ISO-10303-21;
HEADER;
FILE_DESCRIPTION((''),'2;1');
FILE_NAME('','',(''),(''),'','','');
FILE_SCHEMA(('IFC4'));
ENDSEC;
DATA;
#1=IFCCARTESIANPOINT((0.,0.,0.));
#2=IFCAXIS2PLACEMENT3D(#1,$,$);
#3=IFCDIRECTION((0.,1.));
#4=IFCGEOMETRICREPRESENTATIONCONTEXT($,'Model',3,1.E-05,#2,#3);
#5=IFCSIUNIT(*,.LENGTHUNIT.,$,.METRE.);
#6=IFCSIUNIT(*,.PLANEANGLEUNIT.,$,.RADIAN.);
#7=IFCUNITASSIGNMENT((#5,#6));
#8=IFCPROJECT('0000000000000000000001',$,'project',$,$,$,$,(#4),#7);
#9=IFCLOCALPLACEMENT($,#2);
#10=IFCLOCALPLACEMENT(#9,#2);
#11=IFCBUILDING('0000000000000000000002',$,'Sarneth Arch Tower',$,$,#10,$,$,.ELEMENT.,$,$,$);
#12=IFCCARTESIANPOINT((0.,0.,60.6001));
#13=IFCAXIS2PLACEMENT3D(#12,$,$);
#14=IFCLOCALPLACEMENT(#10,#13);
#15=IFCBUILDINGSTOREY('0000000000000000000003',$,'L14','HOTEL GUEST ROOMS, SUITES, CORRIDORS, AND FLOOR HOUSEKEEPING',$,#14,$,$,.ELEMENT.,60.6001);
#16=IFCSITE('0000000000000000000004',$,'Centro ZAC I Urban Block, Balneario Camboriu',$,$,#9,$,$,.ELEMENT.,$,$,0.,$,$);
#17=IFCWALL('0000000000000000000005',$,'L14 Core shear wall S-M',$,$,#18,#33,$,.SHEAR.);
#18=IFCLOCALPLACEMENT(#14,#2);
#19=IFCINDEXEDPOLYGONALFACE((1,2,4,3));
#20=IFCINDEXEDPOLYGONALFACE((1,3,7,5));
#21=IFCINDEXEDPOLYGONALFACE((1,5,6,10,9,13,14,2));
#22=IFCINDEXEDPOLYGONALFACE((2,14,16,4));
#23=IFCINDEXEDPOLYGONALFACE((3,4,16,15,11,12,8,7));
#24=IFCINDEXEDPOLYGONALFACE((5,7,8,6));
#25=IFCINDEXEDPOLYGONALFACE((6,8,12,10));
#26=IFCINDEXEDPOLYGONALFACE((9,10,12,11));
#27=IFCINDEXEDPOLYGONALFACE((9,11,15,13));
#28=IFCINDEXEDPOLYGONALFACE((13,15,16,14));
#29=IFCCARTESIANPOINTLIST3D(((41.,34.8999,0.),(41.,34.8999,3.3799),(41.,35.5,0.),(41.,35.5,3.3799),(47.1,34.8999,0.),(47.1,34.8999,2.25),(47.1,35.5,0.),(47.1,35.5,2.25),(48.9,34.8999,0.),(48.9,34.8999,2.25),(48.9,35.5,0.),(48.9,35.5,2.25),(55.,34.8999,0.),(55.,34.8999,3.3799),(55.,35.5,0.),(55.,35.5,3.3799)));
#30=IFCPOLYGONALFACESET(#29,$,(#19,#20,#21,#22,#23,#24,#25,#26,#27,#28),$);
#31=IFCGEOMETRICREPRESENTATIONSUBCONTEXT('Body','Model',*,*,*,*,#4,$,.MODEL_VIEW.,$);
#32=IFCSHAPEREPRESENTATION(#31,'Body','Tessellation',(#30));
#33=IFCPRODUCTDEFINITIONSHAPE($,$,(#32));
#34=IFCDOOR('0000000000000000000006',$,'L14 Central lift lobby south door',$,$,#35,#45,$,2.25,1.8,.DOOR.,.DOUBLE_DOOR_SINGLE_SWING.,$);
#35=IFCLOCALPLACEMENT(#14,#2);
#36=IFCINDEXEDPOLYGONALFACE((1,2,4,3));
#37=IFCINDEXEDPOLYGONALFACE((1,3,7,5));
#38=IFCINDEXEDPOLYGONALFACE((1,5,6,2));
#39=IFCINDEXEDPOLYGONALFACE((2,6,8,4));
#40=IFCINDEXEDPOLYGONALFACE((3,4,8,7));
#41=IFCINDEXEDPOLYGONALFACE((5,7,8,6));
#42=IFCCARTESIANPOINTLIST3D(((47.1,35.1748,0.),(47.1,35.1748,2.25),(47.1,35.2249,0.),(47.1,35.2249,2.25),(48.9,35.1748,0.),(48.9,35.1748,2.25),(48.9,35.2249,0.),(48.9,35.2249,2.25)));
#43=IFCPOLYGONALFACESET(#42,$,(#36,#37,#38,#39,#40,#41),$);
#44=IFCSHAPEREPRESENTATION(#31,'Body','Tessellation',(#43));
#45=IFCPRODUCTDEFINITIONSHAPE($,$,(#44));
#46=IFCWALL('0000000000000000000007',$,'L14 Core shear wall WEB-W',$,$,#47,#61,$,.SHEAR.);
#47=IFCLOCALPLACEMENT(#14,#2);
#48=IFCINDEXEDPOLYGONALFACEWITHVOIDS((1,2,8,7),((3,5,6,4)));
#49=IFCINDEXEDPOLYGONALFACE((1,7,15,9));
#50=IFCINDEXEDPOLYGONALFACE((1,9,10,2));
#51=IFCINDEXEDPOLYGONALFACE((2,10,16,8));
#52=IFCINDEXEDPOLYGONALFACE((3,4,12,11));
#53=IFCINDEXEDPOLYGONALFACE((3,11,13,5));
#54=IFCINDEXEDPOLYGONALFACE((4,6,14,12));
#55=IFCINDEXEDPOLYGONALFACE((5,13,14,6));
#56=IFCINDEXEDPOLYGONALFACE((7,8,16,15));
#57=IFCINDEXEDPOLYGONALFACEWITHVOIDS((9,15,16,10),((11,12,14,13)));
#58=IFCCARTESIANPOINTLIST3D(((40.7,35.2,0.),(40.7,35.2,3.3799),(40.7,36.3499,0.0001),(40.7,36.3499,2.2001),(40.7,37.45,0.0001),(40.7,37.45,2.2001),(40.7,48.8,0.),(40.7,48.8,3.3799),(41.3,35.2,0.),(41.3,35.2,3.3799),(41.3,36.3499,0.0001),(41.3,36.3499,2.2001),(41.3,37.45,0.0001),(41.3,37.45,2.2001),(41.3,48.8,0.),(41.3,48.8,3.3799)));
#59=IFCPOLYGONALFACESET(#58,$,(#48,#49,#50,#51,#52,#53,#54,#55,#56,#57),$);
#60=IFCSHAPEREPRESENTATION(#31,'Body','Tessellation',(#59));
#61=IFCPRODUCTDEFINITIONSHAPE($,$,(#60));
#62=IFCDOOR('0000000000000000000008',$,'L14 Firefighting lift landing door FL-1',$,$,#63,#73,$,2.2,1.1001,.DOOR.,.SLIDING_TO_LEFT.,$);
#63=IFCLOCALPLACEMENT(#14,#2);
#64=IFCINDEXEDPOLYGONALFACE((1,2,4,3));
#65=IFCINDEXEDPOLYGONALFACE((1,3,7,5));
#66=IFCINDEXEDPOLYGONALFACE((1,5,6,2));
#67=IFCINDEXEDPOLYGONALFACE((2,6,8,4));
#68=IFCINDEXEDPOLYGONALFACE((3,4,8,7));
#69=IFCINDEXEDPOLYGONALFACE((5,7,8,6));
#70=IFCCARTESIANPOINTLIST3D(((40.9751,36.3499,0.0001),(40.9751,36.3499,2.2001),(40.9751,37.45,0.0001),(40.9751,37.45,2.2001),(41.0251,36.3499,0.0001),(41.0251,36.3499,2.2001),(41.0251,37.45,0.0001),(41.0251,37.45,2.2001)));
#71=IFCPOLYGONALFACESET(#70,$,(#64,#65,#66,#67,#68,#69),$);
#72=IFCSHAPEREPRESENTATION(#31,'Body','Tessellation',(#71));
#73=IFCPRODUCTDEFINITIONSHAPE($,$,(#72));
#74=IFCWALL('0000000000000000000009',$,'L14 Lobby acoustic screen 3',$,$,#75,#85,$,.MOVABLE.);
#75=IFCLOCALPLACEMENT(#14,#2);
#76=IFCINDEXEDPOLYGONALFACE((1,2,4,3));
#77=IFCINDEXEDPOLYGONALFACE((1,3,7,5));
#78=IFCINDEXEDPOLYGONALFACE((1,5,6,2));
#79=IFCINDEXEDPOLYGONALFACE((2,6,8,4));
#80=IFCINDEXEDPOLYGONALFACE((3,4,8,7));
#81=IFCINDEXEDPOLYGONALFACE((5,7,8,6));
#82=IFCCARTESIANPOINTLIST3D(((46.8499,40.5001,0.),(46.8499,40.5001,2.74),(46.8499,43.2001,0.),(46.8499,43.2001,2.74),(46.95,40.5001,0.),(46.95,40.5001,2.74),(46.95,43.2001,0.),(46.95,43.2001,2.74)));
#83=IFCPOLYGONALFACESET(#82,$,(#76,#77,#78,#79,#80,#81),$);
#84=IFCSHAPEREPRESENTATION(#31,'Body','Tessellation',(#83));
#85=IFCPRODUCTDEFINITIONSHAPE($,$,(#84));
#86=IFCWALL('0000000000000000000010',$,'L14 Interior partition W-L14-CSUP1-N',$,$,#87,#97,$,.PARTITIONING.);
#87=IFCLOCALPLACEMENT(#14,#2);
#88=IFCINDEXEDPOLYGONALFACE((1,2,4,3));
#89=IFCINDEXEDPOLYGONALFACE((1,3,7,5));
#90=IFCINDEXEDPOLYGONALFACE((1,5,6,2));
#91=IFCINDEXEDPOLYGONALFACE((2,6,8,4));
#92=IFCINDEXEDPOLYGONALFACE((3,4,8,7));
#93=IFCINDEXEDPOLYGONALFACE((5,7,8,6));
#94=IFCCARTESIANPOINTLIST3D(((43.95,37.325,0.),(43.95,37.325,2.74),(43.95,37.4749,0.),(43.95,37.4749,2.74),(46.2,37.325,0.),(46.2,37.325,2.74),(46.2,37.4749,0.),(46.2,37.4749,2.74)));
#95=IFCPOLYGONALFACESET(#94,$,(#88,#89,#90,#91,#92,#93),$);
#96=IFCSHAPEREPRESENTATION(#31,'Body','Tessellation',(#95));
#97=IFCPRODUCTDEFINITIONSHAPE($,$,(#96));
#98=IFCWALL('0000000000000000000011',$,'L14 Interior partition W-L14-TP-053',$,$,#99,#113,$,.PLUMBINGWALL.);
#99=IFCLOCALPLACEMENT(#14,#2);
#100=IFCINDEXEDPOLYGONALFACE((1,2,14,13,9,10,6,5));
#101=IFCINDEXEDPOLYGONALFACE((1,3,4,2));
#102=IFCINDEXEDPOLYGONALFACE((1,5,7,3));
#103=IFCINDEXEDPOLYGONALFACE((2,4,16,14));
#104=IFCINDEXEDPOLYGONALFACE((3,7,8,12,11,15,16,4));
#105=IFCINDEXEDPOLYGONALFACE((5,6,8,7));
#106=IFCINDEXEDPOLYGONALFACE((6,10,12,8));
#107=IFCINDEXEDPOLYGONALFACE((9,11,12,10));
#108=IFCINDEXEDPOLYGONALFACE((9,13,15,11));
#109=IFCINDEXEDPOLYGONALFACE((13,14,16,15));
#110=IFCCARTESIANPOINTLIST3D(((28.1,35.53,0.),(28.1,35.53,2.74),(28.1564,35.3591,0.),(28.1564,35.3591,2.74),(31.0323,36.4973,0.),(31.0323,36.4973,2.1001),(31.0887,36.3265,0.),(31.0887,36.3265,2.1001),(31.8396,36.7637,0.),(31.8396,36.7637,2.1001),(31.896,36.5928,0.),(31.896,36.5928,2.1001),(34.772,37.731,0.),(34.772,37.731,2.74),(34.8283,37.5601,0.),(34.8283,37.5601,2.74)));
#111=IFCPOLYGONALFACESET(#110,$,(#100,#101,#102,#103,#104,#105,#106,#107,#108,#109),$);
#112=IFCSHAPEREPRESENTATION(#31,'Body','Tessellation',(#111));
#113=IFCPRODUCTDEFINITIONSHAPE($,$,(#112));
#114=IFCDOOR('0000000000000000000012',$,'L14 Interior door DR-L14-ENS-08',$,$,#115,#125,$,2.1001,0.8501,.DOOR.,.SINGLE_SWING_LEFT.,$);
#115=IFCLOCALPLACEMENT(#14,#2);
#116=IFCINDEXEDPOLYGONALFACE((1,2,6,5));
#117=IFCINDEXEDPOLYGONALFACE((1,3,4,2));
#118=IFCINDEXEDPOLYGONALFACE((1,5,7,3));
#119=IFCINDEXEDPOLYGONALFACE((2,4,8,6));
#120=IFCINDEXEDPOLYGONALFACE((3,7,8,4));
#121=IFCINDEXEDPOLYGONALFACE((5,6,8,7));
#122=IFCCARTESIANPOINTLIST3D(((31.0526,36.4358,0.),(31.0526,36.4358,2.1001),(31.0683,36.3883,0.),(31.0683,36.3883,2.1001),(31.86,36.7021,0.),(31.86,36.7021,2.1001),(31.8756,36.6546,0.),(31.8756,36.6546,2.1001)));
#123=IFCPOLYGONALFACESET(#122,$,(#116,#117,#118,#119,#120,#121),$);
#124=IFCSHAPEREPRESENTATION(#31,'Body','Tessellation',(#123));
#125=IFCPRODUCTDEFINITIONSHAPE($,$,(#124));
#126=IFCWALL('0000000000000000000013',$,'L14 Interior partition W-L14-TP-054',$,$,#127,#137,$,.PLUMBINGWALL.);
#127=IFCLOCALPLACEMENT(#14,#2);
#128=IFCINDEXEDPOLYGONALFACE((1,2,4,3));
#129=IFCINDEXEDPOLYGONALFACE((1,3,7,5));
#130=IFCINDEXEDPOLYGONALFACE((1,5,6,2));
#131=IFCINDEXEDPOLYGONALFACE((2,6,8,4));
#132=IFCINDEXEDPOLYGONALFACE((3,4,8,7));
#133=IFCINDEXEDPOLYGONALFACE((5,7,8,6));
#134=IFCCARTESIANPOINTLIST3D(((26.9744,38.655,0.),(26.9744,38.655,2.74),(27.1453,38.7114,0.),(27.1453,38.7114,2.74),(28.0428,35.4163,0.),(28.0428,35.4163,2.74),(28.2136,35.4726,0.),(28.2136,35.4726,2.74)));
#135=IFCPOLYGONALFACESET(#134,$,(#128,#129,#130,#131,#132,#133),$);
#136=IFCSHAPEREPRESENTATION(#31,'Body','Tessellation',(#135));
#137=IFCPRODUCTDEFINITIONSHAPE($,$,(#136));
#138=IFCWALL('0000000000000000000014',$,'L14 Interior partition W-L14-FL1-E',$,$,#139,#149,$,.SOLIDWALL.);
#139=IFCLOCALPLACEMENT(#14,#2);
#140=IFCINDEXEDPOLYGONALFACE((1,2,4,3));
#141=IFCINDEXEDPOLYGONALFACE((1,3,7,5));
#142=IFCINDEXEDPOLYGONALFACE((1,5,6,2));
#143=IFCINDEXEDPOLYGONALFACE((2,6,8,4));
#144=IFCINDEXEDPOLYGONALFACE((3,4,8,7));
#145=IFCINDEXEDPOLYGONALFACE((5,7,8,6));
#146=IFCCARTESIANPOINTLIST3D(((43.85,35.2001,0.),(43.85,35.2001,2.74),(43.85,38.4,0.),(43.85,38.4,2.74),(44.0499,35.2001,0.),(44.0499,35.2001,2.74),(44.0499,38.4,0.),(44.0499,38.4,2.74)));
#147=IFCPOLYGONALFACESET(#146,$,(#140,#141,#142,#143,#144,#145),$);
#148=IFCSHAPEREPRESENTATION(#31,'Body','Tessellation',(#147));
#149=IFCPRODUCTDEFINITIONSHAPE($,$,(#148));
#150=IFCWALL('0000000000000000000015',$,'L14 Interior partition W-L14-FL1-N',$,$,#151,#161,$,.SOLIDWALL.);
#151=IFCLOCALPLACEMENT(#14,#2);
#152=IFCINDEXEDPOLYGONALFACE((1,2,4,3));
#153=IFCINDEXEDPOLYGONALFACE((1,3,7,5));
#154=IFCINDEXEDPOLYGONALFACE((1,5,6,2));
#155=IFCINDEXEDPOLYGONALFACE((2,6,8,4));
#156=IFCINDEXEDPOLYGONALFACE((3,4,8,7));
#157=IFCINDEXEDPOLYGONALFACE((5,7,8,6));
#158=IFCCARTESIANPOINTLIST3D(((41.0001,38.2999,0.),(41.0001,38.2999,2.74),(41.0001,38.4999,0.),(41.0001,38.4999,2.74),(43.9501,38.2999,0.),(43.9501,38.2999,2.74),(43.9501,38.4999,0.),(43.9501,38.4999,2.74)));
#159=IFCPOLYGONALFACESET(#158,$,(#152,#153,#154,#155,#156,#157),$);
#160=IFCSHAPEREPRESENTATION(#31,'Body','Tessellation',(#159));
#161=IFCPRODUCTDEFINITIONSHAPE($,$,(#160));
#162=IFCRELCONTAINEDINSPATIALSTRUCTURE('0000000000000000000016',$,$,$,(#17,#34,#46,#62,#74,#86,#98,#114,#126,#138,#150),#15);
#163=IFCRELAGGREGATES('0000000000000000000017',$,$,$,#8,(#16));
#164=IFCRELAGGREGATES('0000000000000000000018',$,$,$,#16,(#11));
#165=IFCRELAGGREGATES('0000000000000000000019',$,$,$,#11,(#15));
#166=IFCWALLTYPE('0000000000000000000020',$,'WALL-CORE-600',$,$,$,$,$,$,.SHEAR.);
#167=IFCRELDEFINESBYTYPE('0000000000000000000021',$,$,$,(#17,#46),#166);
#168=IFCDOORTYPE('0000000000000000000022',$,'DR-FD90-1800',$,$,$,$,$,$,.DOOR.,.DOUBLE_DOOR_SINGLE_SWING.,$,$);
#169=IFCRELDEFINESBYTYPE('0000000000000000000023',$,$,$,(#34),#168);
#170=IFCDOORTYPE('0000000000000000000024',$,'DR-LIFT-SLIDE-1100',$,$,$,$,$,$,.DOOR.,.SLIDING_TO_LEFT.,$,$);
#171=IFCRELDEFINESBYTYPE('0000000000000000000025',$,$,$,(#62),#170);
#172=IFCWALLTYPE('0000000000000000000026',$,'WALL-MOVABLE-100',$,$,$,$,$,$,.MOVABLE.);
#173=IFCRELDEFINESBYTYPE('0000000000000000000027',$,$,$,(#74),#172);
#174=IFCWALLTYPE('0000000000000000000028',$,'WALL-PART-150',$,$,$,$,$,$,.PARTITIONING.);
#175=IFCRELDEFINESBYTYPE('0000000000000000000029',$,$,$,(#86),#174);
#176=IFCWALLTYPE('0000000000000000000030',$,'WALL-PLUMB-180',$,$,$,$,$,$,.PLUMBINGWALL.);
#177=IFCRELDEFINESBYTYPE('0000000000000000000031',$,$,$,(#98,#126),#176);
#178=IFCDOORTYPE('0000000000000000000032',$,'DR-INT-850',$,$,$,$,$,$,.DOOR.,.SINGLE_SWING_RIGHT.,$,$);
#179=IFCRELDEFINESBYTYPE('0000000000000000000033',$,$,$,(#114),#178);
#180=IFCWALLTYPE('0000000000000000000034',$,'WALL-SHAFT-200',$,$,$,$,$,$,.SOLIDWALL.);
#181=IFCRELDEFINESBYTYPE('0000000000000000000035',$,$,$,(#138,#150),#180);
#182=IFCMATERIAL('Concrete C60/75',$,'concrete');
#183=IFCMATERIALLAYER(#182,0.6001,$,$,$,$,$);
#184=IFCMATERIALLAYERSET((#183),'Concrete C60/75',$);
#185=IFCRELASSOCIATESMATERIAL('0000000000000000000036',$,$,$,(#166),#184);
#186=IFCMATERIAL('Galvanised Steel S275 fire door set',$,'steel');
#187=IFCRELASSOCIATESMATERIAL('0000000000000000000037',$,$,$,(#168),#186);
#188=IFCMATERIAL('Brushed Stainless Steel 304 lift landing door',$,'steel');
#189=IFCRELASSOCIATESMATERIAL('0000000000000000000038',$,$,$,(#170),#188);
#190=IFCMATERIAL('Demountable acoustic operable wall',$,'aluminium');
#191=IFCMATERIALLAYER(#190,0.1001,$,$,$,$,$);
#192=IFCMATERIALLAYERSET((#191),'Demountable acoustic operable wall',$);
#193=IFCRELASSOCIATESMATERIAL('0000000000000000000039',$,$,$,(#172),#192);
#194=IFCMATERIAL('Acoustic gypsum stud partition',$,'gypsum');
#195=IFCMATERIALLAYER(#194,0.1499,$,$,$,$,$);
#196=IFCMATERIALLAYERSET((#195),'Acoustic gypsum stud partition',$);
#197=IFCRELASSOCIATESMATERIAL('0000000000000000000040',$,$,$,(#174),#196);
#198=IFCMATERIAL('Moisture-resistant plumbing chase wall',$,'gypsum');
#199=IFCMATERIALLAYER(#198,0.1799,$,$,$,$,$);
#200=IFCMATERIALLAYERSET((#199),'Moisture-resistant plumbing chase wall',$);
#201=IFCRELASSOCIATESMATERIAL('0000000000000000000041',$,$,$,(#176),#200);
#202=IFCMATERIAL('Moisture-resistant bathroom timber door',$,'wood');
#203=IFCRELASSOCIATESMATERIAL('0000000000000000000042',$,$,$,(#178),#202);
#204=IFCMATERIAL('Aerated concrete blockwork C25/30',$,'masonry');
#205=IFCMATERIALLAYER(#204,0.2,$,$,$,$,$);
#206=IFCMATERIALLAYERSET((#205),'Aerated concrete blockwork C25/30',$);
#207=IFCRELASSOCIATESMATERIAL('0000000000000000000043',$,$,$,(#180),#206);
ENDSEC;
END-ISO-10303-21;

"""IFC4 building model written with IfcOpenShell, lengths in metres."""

from ifc_helpers import new_model, si_unit, direction, frame, frame_2d, origin, place, context, subcontext, project, spatial, rectangle, extrude, material, layer, layer_set, type_object, element, fill, save


model = new_model("IFC4")

# Units and contexts
model_context = context("Model", 3, precision=1e-05, world=origin(), true_north=direction((0.0, 1.0)))
body_context = subcontext(model_context, "Body", "Model", "MODEL_VIEW")
ifc_project = project(units=[si_unit("LENGTHUNIT", "METRE"), si_unit("PLANEANGLEUNIT", "RADIAN")], contexts=[model_context])

# Site, building, storey
site_placement = place(None, origin())
site = spatial("IfcSite", under=ifc_project, at=site_placement, Name="Centro ZAC I Urban Block, Balneario Camboriu", CompositionType="ELEMENT", RefElevation=0.0)
building_placement = place(site_placement, origin())
building = spatial("IfcBuilding", under=site, at=building_placement, Name="Sarneth Arch Tower", CompositionType="ELEMENT")
storey_placement = place(building_placement, frame((0.0, 0.0, 60.6001)))
storey = spatial("IfcBuildingStorey", under=building, at=storey_placement, Name="L14", Description="HOTEL GUEST ROOMS, SUITES, CORRIDORS, AND FLOOR HOUSEKEEPING", CompositionType="ELEMENT", Elevation=60.6001)

# Shared definitions
ifc_material_1 = material(Name="Concrete C60/75", Category="concrete")
ifc_layer_1 = layer(ifc_material_1, 0.6001)
ifc_layer_set_1 = layer_set([ifc_layer_1], Name="Concrete C60/75")
wall_type_1 = type_object("IfcWallType", Name="WALL-CORE-600", PredefinedType="SHEAR", material=ifc_layer_set_1)

# Walls, openings, doors
wall_1_placement = place(storey_placement, frame((41.0, 35.2, 0.0), z_axis=(0.0, 0.0, 1.0), x_axis=(1.0, 0.0, 0.0)))
wall_1 = element("IfcWall", 1, at=wall_1_placement, inside=storey, type_object=wall_type_1, Name="L14 Core shear wall S-M", PredefinedType="SHEAR", context=body_context, shape_type="SweptSolid", body=[
    extrude(rectangle(XDim=14.0, YDim=0.6001, at=frame_2d((7.0, 0.0))), origin(), (0.0, 0.0, 1.0), 3.3799),
])
opening_1_placement = place(wall_1_placement, frame((6.1001, 0.0, 0.0)))
opening_1 = element("IfcOpeningElement", 2, at=opening_1_placement, cuts=wall_1, PredefinedType="OPENING", context=body_context, shape_type="SweptSolid", body=[
    extrude(rectangle(XDim=1.8, YDim=2.25, at=frame_2d((0.8999, 1.125))), frame((0.0, 0.3101, 0.0), z_axis=(0.0, -1.0, 0.0), x_axis=(1.0, 0.0, 0.0)), (0.0, 0.0, 1.0), 0.6201),
])
ifc_material_2 = material(Name="Galvanised Steel S275 fire door set", Category="steel")
door_type_1 = type_object("IfcDoorType", Name="DR-FD90-1800", OperationType="DOUBLE_DOOR_SINGLE_SWING", PredefinedType="DOOR", material=ifc_material_2)
door_1_placement = place(opening_1_placement, origin())
door_1 = element("IfcDoor", 3, at=door_1_placement, inside=storey, type_object=door_type_1, Name="L14 Central lift lobby south door", OperationType="DOUBLE_DOOR_SINGLE_SWING", OverallHeight=2.25, OverallWidth=1.8, PredefinedType="DOOR", context=body_context, shape_type="SweptSolid", body=[
    extrude(rectangle(XDim=1.8, YDim=2.25, at=frame_2d((0.8999, 1.125))), frame((0.0, 0.0249, 0.0), z_axis=(0.0, -1.0, 0.0), x_axis=(1.0, 0.0, 0.0)), (0.0, 0.0, 1.0), 0.05),
])
fill(opening_1, door_1)
wall_2_placement = place(storey_placement, frame((41.0, 35.2, 0.0), z_axis=(0.0, 0.0, 1.0), x_axis=(0.0, 1.0, 0.0)))
wall_2 = element("IfcWall", 4, at=wall_2_placement, inside=storey, type_object=wall_type_1, Name="L14 Core shear wall WEB-W", PredefinedType="SHEAR", context=body_context, shape_type="SweptSolid", body=[
    extrude(rectangle(XDim=13.6001, YDim=0.6001, at=frame_2d((6.8, 0.0))), origin(), (0.0, 0.0, 1.0), 3.3799),
])
opening_2_placement = place(wall_2_placement, frame((1.1499, 0.0, 0.0)))
opening_2 = element("IfcOpeningElement", 5, at=opening_2_placement, cuts=wall_2, PredefinedType="OPENING", context=body_context, shape_type="SweptSolid", body=[
    extrude(rectangle(XDim=1.1001, YDim=2.2, at=frame_2d((0.55, 1.1001))), frame((0.0, 0.3101, 0.0), z_axis=(0.0, -1.0, 0.0), x_axis=(1.0, 0.0, 0.0)), (0.0, 0.0, 1.0), 0.6201),
])
ifc_material_3 = material(Name="Brushed Stainless Steel 304 lift landing door", Category="steel")
door_type_2 = type_object("IfcDoorType", Name="DR-LIFT-SLIDE-1100", OperationType="SLIDING_TO_LEFT", PredefinedType="DOOR", material=ifc_material_3)
door_2_placement = place(opening_2_placement, origin())
door_2 = element("IfcDoor", 6, at=door_2_placement, inside=storey, type_object=door_type_2, Name="L14 Firefighting lift landing door FL-1", OperationType="SLIDING_TO_LEFT", OverallHeight=2.2, OverallWidth=1.1001, PredefinedType="DOOR", context=body_context, shape_type="SweptSolid", body=[
    extrude(rectangle(XDim=1.1001, YDim=2.2, at=frame_2d((0.55, 1.1001))), frame((0.0, 0.0249, 0.0), z_axis=(0.0, -1.0, 0.0), x_axis=(1.0, 0.0, 0.0)), (0.0, 0.0, 1.0), 0.05),
])
fill(opening_2, door_2)

# Walls
ifc_material_4 = material(Name="Demountable acoustic operable wall", Category="aluminium")
ifc_layer_2 = layer(ifc_material_4, 0.1001)
ifc_layer_set_2 = layer_set([ifc_layer_2], Name="Demountable acoustic operable wall")
wall_type_2 = type_object("IfcWallType", Name="WALL-MOVABLE-100", PredefinedType="MOVABLE", material=ifc_layer_set_2)
wall_3_placement = place(storey_placement, frame((46.8999, 40.5, 0.0), z_axis=(0.0, 0.0, 1.0), x_axis=(0.0, 1.0, 0.0)))
element("IfcWall", 7, at=wall_3_placement, inside=storey, type_object=wall_type_2, Name="L14 Lobby acoustic screen 3", PredefinedType="MOVABLE", context=body_context, shape_type="SweptSolid", body=[
    extrude(rectangle(XDim=2.7, YDim=0.1001, at=frame_2d((1.3501, 0.0))), origin(), (0.0, 0.0, 1.0), 2.74),
])
ifc_material_5 = material(Name="Acoustic gypsum stud partition", Category="gypsum")
ifc_layer_3 = layer(ifc_material_5, 0.1499)
ifc_layer_set_3 = layer_set([ifc_layer_3], Name="Acoustic gypsum stud partition")
wall_type_3 = type_object("IfcWallType", Name="WALL-PART-150", PredefinedType="PARTITIONING", material=ifc_layer_set_3)
wall_4_placement = place(storey_placement, frame((43.95, 37.3999, 0.0), z_axis=(0.0, 0.0, 1.0), x_axis=(1.0, 0.0, 0.0)))
element("IfcWall", 8, at=wall_4_placement, inside=storey, type_object=wall_type_3, Name="L14 Interior partition W-L14-CSUP1-N", PredefinedType="PARTITIONING", context=body_context, shape_type="SweptSolid", body=[
    extrude(rectangle(XDim=2.25, YDim=0.1499, at=frame_2d((1.125, 0.0))), origin(), (0.0, 0.0, 1.0), 2.74),
])

# Wall, opening, door
ifc_material_6 = material(Name="Moisture-resistant plumbing chase wall", Category="gypsum")
ifc_layer_4 = layer(ifc_material_6, 0.1799)
ifc_layer_set_4 = layer_set([ifc_layer_4], Name="Moisture-resistant plumbing chase wall")
wall_type_4 = type_object("IfcWallType", Name="WALL-PLUMB-180", PredefinedType="PLUMBINGWALL", material=ifc_layer_set_4)
wall_5_placement = place(storey_placement, frame((34.8, 37.6455, 0.0), z_axis=(0.0, 0.0, 1.0), x_axis=(-0.949662, -0.313276, 0.0)))
wall_5 = element("IfcWall", 9, at=wall_5_placement, inside=storey, type_object=wall_type_4, Name="L14 Interior partition W-L14-TP-053", PredefinedType="PLUMBINGWALL", context=body_context, shape_type="SweptSolid", body=[
    extrude(rectangle(XDim=7.0256, YDim=0.1799, at=frame_2d((3.5127, 0.0))), origin(), (0.0, 0.0, 1.0), 2.74),
])
opening_3_placement = place(wall_5_placement, frame((3.0876, 0.0, 0.0)))
opening_3 = element("IfcOpeningElement", 10, at=opening_3_placement, cuts=wall_5, PredefinedType="OPENING", context=body_context, shape_type="SweptSolid", body=[
    extrude(rectangle(XDim=0.8501, YDim=2.1001, at=frame_2d((0.425, 1.05))), frame((0.0, 0.0999, 0.0), z_axis=(0.0, -1.0, 0.0), x_axis=(1.0, 0.0, 0.0)), (0.0, 0.0, 1.0), 0.2),
])
ifc_material_7 = material(Name="Moisture-resistant bathroom timber door", Category="wood")
door_type_3 = type_object("IfcDoorType", Name="DR-INT-850", OperationType="SINGLE_SWING_RIGHT", PredefinedType="DOOR", material=ifc_material_7)
door_3_placement = place(opening_3_placement, origin())
door_3 = element("IfcDoor", 11, at=door_3_placement, inside=storey, type_object=door_type_3, Name="L14 Interior door DR-L14-ENS-08", OperationType="SINGLE_SWING_LEFT", OverallHeight=2.1001, OverallWidth=0.8501, PredefinedType="DOOR", context=body_context, shape_type="SweptSolid", body=[
    extrude(rectangle(XDim=0.8501, YDim=2.1001, at=frame_2d((0.425, 1.05))), frame((0.0, 0.0249, 0.0), z_axis=(0.0, -1.0, 0.0), x_axis=(1.0, 0.0, 0.0)), (0.0, 0.0, 1.0), 0.05),
])
fill(opening_3, door_3)

# Wall
wall_6_placement = place(storey_placement, frame((28.1282, 35.4446, 0.0), z_axis=(0.0, 0.0, 1.0), x_axis=(-0.313263, 0.949667, 0.0)))
element("IfcWall", 12, at=wall_6_placement, inside=storey, type_object=wall_type_4, Name="L14 Interior partition W-L14-TP-054", PredefinedType="PLUMBINGWALL", context=body_context, shape_type="SweptSolid", body=[
    extrude(rectangle(XDim=3.4104, YDim=0.1799, at=frame_2d((1.7051, 0.0))), origin(), (0.0, 0.0, 1.0), 2.74),
])

# Shared definitions
ifc_material_8 = material(Name="Aerated concrete blockwork C25/30", Category="masonry")
ifc_layer_5 = layer(ifc_material_8, 0.2)
ifc_layer_set_5 = layer_set([ifc_layer_5], Name="Aerated concrete blockwork C25/30")
wall_type_5 = type_object("IfcWallType", Name="WALL-SHAFT-200", PredefinedType="SOLIDWALL", material=ifc_layer_set_5)

# Walls
wall_7_placement = place(storey_placement, frame((43.95, 35.2, 0.0), z_axis=(0.0, 0.0, 1.0), x_axis=(0.0, 1.0, 0.0)))
element("IfcWall", 13, at=wall_7_placement, inside=storey, type_object=wall_type_5, Name="L14 Interior partition W-L14-FL1-E", PredefinedType="SOLIDWALL", context=body_context, shape_type="SweptSolid", body=[
    extrude(rectangle(XDim=3.2, YDim=0.2, at=frame_2d((1.6001, 0.0))), origin(), (0.0, 0.0, 1.0), 2.74),
])
wall_8_placement = place(storey_placement, frame((41.0, 38.3999, 0.0), z_axis=(0.0, 0.0, 1.0), x_axis=(1.0, 0.0, 0.0)))
element("IfcWall", 14, at=wall_8_placement, inside=storey, type_object=wall_type_5, Name="L14 Interior partition W-L14-FL1-N", PredefinedType="SOLIDWALL", context=body_context, shape_type="SweptSolid", body=[
    extrude(rectangle(XDim=2.95, YDim=0.2, at=frame_2d((1.4751, 0.0))), origin(), (0.0, 0.0, 1.0), 2.74),
])

save(model, "model.ifc")
